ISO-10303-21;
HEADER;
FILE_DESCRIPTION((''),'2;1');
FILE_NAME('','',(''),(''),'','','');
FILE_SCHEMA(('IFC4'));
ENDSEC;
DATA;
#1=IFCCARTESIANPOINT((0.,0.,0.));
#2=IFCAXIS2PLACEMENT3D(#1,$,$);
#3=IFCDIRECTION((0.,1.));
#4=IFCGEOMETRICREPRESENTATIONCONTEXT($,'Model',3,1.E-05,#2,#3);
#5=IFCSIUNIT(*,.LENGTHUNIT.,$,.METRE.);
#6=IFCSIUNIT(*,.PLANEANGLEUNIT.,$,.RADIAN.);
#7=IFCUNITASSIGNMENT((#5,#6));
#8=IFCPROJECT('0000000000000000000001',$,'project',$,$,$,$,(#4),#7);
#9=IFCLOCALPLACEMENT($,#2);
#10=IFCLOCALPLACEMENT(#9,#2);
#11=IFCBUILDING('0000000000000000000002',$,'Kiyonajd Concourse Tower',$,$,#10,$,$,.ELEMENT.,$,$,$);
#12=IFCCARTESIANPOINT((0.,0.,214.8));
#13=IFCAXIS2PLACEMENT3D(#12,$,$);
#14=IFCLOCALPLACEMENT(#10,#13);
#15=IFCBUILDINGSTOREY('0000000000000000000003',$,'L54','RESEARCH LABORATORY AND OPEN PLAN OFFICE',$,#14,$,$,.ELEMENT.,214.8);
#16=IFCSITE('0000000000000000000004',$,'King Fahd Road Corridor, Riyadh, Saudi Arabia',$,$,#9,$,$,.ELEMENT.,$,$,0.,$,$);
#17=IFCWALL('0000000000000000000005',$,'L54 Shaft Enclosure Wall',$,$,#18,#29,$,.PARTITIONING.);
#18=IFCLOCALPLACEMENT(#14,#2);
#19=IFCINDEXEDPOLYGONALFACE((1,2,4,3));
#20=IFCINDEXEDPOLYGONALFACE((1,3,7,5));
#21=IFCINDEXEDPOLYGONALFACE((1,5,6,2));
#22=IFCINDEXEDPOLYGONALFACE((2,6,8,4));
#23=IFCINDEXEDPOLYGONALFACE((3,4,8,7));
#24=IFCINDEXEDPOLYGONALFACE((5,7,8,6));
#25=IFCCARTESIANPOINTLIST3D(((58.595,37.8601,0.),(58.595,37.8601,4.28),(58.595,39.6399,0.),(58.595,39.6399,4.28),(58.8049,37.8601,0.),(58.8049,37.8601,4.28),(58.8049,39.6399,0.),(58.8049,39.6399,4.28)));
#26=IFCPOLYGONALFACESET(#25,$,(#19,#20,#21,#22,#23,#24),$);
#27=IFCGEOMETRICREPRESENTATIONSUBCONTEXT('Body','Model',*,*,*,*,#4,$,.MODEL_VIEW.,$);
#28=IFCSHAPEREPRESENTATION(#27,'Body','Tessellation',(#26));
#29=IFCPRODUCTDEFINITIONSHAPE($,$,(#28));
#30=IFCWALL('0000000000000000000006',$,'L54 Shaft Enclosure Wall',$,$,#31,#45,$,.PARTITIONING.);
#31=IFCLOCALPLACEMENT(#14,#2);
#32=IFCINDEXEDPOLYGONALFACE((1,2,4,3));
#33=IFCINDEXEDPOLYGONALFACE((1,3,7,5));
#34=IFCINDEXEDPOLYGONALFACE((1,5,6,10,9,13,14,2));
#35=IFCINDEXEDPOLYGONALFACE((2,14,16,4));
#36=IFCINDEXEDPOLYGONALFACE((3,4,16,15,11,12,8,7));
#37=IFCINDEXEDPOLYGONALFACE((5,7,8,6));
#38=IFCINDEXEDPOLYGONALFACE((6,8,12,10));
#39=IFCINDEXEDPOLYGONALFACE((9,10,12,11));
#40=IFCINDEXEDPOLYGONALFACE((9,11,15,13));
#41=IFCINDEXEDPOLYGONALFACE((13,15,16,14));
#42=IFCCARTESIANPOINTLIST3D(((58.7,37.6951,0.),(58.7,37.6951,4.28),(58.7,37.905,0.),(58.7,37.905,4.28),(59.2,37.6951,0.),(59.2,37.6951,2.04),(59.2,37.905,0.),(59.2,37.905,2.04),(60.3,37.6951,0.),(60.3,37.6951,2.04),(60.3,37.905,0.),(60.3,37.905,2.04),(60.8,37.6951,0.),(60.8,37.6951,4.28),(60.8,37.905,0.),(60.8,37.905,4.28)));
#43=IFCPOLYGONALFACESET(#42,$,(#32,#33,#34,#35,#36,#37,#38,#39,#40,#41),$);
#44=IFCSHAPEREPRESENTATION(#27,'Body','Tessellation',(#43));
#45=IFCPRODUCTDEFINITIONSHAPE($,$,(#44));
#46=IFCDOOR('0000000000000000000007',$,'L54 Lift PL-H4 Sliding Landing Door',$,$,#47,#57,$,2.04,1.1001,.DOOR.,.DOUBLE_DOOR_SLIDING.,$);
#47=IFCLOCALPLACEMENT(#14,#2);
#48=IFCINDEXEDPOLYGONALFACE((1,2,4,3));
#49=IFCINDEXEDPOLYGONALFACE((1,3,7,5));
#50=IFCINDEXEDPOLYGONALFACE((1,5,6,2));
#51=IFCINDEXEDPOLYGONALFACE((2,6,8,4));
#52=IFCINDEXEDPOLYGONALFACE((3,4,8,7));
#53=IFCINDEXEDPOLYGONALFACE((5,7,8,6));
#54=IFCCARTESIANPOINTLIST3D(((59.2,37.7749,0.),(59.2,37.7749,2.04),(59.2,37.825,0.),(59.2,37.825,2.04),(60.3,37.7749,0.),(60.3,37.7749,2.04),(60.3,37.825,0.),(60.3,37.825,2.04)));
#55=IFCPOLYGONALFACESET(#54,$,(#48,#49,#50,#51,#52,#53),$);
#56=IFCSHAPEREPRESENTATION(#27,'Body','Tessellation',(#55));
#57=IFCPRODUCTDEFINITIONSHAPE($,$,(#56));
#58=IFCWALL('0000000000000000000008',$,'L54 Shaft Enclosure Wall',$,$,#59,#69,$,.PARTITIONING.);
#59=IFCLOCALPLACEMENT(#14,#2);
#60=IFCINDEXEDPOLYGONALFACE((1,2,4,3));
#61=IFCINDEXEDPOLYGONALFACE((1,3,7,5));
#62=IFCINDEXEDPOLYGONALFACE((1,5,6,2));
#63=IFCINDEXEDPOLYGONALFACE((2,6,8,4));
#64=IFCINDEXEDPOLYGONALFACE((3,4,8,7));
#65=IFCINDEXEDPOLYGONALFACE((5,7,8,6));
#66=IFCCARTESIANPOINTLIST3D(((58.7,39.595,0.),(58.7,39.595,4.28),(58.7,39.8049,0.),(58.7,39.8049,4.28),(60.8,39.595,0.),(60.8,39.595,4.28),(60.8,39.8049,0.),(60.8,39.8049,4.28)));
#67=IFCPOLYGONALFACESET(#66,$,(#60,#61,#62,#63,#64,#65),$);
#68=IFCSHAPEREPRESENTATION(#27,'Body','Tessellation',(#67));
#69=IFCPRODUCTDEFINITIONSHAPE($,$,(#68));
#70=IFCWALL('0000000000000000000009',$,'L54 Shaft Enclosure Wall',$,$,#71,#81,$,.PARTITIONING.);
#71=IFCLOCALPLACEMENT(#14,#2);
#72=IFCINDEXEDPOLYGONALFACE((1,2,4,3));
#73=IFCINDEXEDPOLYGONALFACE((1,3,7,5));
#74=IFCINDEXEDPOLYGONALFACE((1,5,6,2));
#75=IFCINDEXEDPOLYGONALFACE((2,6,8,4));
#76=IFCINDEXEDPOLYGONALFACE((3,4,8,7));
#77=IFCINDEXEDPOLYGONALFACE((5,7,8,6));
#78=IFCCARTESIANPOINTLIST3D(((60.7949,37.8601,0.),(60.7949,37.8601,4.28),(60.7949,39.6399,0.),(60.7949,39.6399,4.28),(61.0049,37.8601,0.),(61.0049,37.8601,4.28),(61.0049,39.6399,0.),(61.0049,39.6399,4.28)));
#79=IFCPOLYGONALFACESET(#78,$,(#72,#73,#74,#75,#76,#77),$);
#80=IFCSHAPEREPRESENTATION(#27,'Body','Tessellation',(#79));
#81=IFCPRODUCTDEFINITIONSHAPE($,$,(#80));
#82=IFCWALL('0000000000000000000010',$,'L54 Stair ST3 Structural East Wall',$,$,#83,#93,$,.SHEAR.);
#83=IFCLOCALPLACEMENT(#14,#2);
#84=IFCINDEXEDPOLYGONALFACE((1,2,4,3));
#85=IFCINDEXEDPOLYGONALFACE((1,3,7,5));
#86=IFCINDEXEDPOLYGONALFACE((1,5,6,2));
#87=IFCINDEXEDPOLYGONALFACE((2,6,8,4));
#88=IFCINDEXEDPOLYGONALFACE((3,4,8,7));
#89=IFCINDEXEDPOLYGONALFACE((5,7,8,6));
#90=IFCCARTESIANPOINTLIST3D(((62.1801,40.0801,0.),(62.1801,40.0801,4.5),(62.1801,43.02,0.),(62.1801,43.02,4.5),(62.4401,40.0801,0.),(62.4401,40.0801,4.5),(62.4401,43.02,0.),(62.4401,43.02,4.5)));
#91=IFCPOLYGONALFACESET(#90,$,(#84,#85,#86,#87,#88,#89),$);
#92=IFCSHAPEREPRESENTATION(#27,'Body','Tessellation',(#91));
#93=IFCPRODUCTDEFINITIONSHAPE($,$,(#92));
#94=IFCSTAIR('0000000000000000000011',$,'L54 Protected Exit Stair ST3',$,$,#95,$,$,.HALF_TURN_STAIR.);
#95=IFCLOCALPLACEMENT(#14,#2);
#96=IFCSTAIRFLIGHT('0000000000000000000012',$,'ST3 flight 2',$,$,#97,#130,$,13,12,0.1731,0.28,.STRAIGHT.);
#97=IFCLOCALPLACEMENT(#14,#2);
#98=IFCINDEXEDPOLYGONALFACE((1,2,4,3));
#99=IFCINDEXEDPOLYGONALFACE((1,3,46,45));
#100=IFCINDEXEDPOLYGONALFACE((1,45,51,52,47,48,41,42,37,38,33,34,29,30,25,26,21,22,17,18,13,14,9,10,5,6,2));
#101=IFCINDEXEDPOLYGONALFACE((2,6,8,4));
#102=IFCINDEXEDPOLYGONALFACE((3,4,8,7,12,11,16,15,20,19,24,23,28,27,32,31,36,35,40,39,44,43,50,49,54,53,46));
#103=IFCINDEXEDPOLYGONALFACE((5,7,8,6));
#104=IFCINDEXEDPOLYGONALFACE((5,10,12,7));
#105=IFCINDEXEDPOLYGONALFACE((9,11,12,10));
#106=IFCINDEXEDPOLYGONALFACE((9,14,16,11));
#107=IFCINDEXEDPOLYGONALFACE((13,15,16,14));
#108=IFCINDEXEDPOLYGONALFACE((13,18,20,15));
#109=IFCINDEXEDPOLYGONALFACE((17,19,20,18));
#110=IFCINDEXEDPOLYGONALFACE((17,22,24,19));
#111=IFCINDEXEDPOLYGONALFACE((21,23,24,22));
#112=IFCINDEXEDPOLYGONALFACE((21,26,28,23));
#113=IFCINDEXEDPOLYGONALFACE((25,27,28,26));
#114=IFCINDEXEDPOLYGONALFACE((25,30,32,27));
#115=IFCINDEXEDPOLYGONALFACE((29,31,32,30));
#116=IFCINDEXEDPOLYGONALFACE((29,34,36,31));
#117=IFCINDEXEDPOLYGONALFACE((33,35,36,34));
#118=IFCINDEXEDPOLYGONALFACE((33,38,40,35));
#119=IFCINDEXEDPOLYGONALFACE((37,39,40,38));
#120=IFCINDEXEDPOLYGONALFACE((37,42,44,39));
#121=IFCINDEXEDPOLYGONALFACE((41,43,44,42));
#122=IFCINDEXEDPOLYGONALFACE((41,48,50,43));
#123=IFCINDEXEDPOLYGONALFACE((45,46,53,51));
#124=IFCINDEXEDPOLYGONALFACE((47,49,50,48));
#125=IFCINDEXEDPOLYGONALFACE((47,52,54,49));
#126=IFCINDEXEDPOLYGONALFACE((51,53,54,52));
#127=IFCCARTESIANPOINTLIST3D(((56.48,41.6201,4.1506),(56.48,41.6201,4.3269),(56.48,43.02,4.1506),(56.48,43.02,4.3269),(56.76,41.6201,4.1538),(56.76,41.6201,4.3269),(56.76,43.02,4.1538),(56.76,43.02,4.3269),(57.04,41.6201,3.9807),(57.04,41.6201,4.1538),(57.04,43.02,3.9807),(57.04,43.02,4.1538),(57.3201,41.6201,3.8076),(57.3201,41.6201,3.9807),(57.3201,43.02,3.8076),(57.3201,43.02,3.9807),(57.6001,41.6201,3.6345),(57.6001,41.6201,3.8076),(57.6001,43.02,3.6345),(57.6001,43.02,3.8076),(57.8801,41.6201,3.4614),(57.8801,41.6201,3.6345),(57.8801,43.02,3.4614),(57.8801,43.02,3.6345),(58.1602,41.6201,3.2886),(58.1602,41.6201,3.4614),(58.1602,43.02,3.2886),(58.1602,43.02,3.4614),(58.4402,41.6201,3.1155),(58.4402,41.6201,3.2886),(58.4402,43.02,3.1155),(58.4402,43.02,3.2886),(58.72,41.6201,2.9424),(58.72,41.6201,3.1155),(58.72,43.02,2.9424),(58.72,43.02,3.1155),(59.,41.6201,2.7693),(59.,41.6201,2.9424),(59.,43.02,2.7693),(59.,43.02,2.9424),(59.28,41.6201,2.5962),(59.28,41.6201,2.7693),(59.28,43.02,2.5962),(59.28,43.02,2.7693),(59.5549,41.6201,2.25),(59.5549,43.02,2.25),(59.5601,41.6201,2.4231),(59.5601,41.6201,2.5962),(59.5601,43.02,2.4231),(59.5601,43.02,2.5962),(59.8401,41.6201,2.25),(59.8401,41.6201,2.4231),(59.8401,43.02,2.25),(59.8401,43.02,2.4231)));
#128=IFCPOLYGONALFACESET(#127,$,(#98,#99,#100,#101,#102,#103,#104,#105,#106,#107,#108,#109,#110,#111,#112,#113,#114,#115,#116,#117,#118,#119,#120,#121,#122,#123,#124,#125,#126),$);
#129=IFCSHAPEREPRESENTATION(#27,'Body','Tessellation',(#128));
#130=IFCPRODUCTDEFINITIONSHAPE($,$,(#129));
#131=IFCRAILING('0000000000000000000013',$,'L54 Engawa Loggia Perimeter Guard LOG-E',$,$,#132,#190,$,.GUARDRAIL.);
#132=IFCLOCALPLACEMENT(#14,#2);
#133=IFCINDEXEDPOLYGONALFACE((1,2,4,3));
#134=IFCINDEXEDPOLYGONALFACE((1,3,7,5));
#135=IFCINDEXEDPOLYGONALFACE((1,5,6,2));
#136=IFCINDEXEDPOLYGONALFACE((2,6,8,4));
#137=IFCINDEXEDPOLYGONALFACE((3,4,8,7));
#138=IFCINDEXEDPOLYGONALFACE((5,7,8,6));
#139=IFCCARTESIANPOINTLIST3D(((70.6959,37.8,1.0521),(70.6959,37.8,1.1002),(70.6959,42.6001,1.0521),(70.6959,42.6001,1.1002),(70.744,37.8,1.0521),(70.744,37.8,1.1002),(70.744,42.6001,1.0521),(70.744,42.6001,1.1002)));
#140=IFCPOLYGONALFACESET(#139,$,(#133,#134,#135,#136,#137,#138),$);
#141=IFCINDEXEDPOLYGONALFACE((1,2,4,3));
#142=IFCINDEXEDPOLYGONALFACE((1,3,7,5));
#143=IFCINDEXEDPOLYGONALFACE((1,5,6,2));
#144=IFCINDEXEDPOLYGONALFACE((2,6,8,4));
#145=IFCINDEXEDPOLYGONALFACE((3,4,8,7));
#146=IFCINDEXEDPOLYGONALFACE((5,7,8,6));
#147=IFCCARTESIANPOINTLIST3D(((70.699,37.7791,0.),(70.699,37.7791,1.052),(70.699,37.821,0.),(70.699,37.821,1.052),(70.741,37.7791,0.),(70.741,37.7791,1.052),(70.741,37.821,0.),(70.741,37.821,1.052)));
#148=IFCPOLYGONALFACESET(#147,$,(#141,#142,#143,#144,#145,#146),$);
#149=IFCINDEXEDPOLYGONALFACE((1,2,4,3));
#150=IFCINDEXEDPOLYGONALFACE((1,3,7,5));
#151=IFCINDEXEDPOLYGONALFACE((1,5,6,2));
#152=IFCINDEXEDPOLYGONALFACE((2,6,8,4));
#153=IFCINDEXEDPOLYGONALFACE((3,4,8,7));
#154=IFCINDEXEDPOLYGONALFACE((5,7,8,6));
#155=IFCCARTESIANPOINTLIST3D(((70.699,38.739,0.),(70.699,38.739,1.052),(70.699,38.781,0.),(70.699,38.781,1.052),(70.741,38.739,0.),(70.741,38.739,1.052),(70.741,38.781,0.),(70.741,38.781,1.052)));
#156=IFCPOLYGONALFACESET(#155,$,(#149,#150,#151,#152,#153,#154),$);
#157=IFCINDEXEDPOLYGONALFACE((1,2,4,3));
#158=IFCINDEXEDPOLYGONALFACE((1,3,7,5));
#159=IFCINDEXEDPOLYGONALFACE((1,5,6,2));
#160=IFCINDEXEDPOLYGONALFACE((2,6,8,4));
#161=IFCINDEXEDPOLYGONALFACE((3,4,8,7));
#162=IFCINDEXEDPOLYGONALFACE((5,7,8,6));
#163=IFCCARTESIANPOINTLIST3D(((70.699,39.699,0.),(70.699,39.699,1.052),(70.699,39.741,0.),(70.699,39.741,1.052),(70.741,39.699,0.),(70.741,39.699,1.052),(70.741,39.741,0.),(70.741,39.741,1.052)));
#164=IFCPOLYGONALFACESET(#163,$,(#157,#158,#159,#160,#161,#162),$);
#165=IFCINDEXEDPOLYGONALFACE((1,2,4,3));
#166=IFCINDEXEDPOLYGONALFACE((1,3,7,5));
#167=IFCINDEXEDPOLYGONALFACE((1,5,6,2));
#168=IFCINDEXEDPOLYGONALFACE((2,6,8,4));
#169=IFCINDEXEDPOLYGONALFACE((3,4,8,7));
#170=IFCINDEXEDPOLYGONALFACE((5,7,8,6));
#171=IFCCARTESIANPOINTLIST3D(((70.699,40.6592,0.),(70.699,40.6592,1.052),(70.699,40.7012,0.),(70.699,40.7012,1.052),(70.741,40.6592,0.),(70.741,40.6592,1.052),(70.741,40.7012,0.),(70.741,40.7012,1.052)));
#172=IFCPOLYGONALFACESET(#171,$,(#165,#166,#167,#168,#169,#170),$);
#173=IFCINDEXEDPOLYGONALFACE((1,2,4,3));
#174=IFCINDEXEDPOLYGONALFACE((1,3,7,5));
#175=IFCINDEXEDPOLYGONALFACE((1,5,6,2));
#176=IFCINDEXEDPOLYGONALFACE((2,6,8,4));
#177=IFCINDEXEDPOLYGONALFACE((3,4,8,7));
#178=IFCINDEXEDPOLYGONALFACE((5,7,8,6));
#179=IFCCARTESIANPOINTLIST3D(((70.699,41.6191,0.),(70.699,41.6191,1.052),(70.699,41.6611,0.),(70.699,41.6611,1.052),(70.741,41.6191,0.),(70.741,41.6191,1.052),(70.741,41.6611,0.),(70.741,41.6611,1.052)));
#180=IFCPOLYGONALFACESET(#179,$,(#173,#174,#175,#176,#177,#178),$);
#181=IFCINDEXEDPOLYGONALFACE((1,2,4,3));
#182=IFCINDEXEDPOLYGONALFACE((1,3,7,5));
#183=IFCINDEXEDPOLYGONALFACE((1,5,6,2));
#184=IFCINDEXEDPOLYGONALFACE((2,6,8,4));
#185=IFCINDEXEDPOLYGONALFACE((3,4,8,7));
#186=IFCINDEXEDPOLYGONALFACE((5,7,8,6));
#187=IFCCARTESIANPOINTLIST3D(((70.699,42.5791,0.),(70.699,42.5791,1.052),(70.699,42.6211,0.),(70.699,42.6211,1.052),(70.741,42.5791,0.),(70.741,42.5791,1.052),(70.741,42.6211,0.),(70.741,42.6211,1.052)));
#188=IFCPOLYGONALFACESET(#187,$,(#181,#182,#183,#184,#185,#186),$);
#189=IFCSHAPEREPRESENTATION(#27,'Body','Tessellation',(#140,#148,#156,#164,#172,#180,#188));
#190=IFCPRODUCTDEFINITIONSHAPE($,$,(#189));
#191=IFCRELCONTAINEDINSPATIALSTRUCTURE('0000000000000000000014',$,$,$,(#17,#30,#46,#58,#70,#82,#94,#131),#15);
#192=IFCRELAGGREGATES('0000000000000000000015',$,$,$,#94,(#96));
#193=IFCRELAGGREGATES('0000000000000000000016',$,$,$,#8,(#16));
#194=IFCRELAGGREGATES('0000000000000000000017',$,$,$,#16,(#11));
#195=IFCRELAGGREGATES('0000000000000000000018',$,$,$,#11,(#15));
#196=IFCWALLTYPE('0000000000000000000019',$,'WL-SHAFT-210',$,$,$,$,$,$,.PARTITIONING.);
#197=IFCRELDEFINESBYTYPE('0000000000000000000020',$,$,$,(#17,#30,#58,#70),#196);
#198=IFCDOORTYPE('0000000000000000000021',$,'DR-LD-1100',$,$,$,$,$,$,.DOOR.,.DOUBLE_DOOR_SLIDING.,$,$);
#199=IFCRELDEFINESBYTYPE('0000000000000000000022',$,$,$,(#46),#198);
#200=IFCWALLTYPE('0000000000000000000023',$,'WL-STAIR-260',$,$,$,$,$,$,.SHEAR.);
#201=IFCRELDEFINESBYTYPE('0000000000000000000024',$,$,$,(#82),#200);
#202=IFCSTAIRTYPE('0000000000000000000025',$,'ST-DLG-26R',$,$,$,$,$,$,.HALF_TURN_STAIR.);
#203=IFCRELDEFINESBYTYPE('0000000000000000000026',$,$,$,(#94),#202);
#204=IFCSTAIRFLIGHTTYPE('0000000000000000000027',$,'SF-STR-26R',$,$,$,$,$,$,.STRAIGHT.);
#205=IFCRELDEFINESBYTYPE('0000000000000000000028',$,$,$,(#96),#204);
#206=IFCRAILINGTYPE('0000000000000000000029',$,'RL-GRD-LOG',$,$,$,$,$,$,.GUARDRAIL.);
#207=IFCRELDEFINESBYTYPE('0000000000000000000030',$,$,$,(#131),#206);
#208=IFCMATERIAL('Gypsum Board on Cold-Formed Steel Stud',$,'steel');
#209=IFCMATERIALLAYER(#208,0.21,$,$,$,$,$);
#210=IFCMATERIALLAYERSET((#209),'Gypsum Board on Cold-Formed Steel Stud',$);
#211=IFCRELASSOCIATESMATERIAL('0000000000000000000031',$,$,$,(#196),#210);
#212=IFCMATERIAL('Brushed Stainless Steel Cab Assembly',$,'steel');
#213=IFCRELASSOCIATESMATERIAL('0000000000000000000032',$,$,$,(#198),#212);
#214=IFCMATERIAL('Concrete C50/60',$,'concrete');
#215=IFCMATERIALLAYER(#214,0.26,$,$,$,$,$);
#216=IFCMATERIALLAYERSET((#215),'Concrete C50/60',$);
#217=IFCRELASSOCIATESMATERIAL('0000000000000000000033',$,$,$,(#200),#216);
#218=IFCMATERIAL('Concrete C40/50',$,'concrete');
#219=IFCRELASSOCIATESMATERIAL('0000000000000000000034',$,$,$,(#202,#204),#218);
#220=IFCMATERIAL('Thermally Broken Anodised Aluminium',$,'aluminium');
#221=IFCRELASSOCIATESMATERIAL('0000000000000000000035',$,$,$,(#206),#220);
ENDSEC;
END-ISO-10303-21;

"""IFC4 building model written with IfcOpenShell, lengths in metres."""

from ifc_helpers import new_model, si_unit, direction, frame, frame_2d, origin, origin_2d, place, context, subcontext, project, spatial, polyline, rectangle, outline, extrude, material, layer, layer_set, type_object, element, fill, aggregate, save


model = new_model("IFC4")

# Units and contexts
model_context = context("Model", 3, precision=1e-05, world=origin(), true_north=direction((0.0, 1.0)))
body_context = subcontext(model_context, "Body", "Model", "MODEL_VIEW")
ifc_project = project(units=[si_unit("LENGTHUNIT", "METRE"), si_unit("PLANEANGLEUNIT", "RADIAN")], contexts=[model_context])

# Site, building, storey
site_placement = place(None, origin())
site = spatial("IfcSite", under=ifc_project, at=site_placement, Name="King Fahd Road Corridor, Riyadh, Saudi Arabia", CompositionType="ELEMENT", RefElevation=0.0)
building_placement = place(site_placement, origin())
building = spatial("IfcBuilding", under=site, at=building_placement, Name="Kiyonajd Concourse Tower", CompositionType="ELEMENT")
storey_placement = place(building_placement, frame((0.0, 0.0, 214.8)))
storey = spatial("IfcBuildingStorey", under=building, at=storey_placement, Name="L54", Description="RESEARCH LABORATORY AND OPEN PLAN OFFICE", CompositionType="ELEMENT", Elevation=214.8)

# Shared definitions
ifc_material_1 = material(Name="Thermally Broken Anodised Aluminium", Category="aluminium")

# Wall
ifc_material_2 = material(Name="Gypsum Board on Cold-Formed Steel Stud", Category="steel")
ifc_layer_1 = layer(ifc_material_2, 0.21)
ifc_layer_set_1 = layer_set([ifc_layer_1], Name="Gypsum Board on Cold-Formed Steel Stud")
wall_type_1 = type_object("IfcWallType", Name="WL-SHAFT-210", PredefinedType="PARTITIONING", material=ifc_layer_set_1)
wall_1_placement = place(storey_placement, frame((58.7, 37.8601, 0.0), z_axis=(0.0, 0.0, 1.0), x_axis=(0.0, 1.0, 0.0)))
element("IfcWall", 1, at=wall_1_placement, inside=storey, type_object=wall_type_1, Name="L54 Shaft Enclosure Wall", PredefinedType="PARTITIONING", context=body_context, shape_type="SweptSolid", body=[
    extrude(rectangle(XDim=1.7798, YDim=0.21, at=frame_2d((0.8899, 0.0))), origin(), (0.0, 0.0, 1.0), 4.28),
])

# Wall, opening, door
wall_2_placement = place(storey_placement, frame((58.7, 37.8, 0.0), z_axis=(0.0, 0.0, 1.0), x_axis=(1.0, 0.0, 0.0)))
wall_2 = element("IfcWall", 2, at=wall_2_placement, inside=storey, type_object=wall_type_1, Name="L54 Shaft Enclosure Wall", PredefinedType="PARTITIONING", context=body_context, shape_type="SweptSolid", body=[
    extrude(rectangle(XDim=2.1001, YDim=0.21, at=frame_2d((1.05, 0.0))), origin(), (0.0, 0.0, 1.0), 4.28),
])
opening_1_placement = place(wall_2_placement, frame((0.5, 0.0, 0.0)))
opening_1 = element("IfcOpeningElement", 3, at=opening_1_placement, cuts=wall_2, PredefinedType="OPENING", context=body_context, shape_type="SweptSolid", body=[
    extrude(rectangle(XDim=1.1001, YDim=2.04, at=frame_2d((0.55, 1.02))), frame((0.0, 0.115, 0.0), z_axis=(0.0, -1.0, 0.0), x_axis=(1.0, 0.0, 0.0)), (0.0, 0.0, 1.0), 0.23),
])
ifc_material_3 = material(Name="Brushed Stainless Steel Cab Assembly", Category="steel")
door_type_1 = type_object("IfcDoorType", Name="DR-LD-1100", OperationType="DOUBLE_DOOR_SLIDING", PredefinedType="DOOR", material=ifc_material_3)
door_1_placement = place(opening_1_placement, origin())
door_1 = element("IfcDoor", 4, at=door_1_placement, inside=storey, type_object=door_type_1, Name="L54 Lift PL-H4 Sliding Landing Door", OperationType="DOUBLE_DOOR_SLIDING", OverallHeight=2.04, OverallWidth=1.1001, PredefinedType="DOOR", context=body_context, shape_type="SweptSolid", body=[
    extrude(rectangle(XDim=1.1001, YDim=2.04, at=frame_2d((0.55, 1.02))), frame((0.0, 0.0249, 0.0), z_axis=(0.0, -1.0, 0.0), x_axis=(1.0, 0.0, 0.0)), (0.0, 0.0, 1.0), 0.05),
])
fill(opening_1, door_1)

# Walls
wall_3_placement = place(storey_placement, frame((58.7, 39.7, 0.0), z_axis=(0.0, 0.0, 1.0), x_axis=(1.0, 0.0, 0.0)))
element("IfcWall", 5, at=wall_3_placement, inside=storey, type_object=wall_type_1, Name="L54 Shaft Enclosure Wall", PredefinedType="PARTITIONING", context=body_context, shape_type="SweptSolid", body=[
    extrude(rectangle(XDim=2.1001, YDim=0.21, at=frame_2d((1.05, 0.0))), origin(), (0.0, 0.0, 1.0), 4.28),
])
wall_4_placement = place(storey_placement, frame((60.8999, 37.8601, 0.0), z_axis=(0.0, 0.0, 1.0), x_axis=(0.0, 1.0, 0.0)))
element("IfcWall", 6, at=wall_4_placement, inside=storey, type_object=wall_type_1, Name="L54 Shaft Enclosure Wall", PredefinedType="PARTITIONING", context=body_context, shape_type="SweptSolid", body=[
    extrude(rectangle(XDim=1.7798, YDim=0.21, at=frame_2d((0.8899, 0.0))), origin(), (0.0, 0.0, 1.0), 4.28),
])
ifc_material_4 = material(Name="Concrete C50/60", Category="concrete")
ifc_layer_2 = layer(ifc_material_4, 0.26)
ifc_layer_set_2 = layer_set([ifc_layer_2], Name="Concrete C50/60")
wall_type_2 = type_object("IfcWallType", Name="WL-STAIR-260", PredefinedType="SHEAR", material=ifc_layer_set_2)
wall_5_placement = place(storey_placement, frame((62.3101, 40.0801, 0.0), z_axis=(0.0, 0.0, 1.0), x_axis=(0.0, 1.0, 0.0)))
element("IfcWall", 7, at=wall_5_placement, inside=storey, type_object=wall_type_2, Name="L54 Stair ST3 Structural East Wall", PredefinedType="SHEAR", context=body_context, shape_type="SweptSolid", body=[
    extrude(rectangle(XDim=2.9399, YDim=0.26, at=frame_2d((1.47, 0.0))), origin(), (0.0, 0.0, 1.0), 4.5),
])

# Stair, stair flight
ifc_material_5 = material(Name="Concrete C40/50", Category="concrete")
stair_type = type_object("IfcStairType", Name="ST-DLG-26R", PredefinedType="HALF_TURN_STAIR", material=ifc_material_5)
stair_placement = place(storey_placement, origin())
stair = element("IfcStair", 8, at=stair_placement, inside=storey, type_object=stair_type, Name="L54 Protected Exit Stair ST3", PredefinedType="HALF_TURN_STAIR")
stair_flight_type = type_object("IfcStairFlightType", Name="SF-STR-26R", PredefinedType="STRAIGHT", material=ifc_material_5)
stair_flight_placement = place(storey_placement, frame((59.8401, 42.3201, 2.25), z_axis=(0.0, 0.0, 1.0), x_axis=(-1.0, 0.0, 0.0)))
stair_flight = element("IfcStairFlight", 9, at=stair_flight_placement, type_object=stair_flight_type, Name="ST3 flight 2", NumberOfRisers=13, NumberOfTreads=12, PredefinedType="STRAIGHT", RiserHeight=0.1731, TreadLength=0.28, context=body_context, shape_type="SweptSolid", body=[
    extrude(outline(polyline([(0.0, 0.0), (0.0, 0.1731), (0.28, 0.1731), (0.28, 0.3462), (0.5601, 0.3462), (0.5601, 0.5193), (0.8401, 0.5193), (0.8401, 0.6924), (1.1201, 0.6924), (1.1201, 0.8655), (1.3999, 0.8655), (1.3999, 1.0386), (1.6799, 1.0386), (1.6799, 1.2114), (1.96, 1.2114), (1.96, 1.3845), (2.24, 1.3845), (2.24, 1.5576), (2.52, 1.5576), (2.52, 1.7307), (2.8, 1.7307), (2.8, 1.9038), (3.0801, 1.9038), (3.0801, 2.0769), (3.3601, 2.0769), (3.3601, 2.25), (3.3601, 1.9006), (0.2852, 0.0), (0.0, 0.0)])), frame((0.0, 0.7, 0.0), z_axis=(0.0, -1.0, 0.0), x_axis=(1.0, 0.0, 0.0)), (0.0, 0.0, 1.0), 1.3999),
])
aggregate(stair, [stair_flight])

# Railing
railing_type_1 = type_object("IfcRailingType", Name="RL-GRD-LOG", PredefinedType="GUARDRAIL", material=ifc_material_1)
railing_1_placement = place(storey_placement, frame((70.72, 37.8, 0.0)))
element("IfcRailing", 10, at=railing_1_placement, inside=storey, type_object=railing_type_1, Name="L54 Engawa Loggia Perimeter Guard LOG-E", PredefinedType="GUARDRAIL", context=body_context, shape_type="SweptSolid", body=[
    extrude(rectangle(XDim=0.0481, YDim=0.0481, at=origin_2d()), frame((0.0, 0.0, 1.0762), z_axis=(0.0, 1.0, 0.0), x_axis=(-1.0, 0.0, 0.0)), (0.0, 0.0, 1.0), 4.8),
    extrude(rectangle(XDim=0.042, YDim=0.042, at=origin_2d()), origin(), (0.0, 0.0, 1.0), 1.052),
    extrude(rectangle(XDim=0.042, YDim=0.042, at=origin_2d()), frame((0.0, 0.96, 0.0)), (0.0, 0.0, 1.0), 1.052),
    extrude(rectangle(XDim=0.042, YDim=0.042, at=origin_2d()), frame((0.0, 1.9199, 0.0)), (0.0, 0.0, 1.0), 1.052),
    extrude(rectangle(XDim=0.042, YDim=0.042, at=origin_2d()), frame((0.0, 2.8801, 0.0)), (0.0, 0.0, 1.0), 1.052),
    extrude(rectangle(XDim=0.042, YDim=0.042, at=origin_2d()), frame((0.0, 3.8401, 0.0)), (0.0, 0.0, 1.0), 1.052),
    extrude(rectangle(XDim=0.042, YDim=0.042, at=origin_2d()), frame((0.0, 4.8, 0.0)), (0.0, 0.0, 1.0), 1.052),
])

save(model, "model.ifc")
